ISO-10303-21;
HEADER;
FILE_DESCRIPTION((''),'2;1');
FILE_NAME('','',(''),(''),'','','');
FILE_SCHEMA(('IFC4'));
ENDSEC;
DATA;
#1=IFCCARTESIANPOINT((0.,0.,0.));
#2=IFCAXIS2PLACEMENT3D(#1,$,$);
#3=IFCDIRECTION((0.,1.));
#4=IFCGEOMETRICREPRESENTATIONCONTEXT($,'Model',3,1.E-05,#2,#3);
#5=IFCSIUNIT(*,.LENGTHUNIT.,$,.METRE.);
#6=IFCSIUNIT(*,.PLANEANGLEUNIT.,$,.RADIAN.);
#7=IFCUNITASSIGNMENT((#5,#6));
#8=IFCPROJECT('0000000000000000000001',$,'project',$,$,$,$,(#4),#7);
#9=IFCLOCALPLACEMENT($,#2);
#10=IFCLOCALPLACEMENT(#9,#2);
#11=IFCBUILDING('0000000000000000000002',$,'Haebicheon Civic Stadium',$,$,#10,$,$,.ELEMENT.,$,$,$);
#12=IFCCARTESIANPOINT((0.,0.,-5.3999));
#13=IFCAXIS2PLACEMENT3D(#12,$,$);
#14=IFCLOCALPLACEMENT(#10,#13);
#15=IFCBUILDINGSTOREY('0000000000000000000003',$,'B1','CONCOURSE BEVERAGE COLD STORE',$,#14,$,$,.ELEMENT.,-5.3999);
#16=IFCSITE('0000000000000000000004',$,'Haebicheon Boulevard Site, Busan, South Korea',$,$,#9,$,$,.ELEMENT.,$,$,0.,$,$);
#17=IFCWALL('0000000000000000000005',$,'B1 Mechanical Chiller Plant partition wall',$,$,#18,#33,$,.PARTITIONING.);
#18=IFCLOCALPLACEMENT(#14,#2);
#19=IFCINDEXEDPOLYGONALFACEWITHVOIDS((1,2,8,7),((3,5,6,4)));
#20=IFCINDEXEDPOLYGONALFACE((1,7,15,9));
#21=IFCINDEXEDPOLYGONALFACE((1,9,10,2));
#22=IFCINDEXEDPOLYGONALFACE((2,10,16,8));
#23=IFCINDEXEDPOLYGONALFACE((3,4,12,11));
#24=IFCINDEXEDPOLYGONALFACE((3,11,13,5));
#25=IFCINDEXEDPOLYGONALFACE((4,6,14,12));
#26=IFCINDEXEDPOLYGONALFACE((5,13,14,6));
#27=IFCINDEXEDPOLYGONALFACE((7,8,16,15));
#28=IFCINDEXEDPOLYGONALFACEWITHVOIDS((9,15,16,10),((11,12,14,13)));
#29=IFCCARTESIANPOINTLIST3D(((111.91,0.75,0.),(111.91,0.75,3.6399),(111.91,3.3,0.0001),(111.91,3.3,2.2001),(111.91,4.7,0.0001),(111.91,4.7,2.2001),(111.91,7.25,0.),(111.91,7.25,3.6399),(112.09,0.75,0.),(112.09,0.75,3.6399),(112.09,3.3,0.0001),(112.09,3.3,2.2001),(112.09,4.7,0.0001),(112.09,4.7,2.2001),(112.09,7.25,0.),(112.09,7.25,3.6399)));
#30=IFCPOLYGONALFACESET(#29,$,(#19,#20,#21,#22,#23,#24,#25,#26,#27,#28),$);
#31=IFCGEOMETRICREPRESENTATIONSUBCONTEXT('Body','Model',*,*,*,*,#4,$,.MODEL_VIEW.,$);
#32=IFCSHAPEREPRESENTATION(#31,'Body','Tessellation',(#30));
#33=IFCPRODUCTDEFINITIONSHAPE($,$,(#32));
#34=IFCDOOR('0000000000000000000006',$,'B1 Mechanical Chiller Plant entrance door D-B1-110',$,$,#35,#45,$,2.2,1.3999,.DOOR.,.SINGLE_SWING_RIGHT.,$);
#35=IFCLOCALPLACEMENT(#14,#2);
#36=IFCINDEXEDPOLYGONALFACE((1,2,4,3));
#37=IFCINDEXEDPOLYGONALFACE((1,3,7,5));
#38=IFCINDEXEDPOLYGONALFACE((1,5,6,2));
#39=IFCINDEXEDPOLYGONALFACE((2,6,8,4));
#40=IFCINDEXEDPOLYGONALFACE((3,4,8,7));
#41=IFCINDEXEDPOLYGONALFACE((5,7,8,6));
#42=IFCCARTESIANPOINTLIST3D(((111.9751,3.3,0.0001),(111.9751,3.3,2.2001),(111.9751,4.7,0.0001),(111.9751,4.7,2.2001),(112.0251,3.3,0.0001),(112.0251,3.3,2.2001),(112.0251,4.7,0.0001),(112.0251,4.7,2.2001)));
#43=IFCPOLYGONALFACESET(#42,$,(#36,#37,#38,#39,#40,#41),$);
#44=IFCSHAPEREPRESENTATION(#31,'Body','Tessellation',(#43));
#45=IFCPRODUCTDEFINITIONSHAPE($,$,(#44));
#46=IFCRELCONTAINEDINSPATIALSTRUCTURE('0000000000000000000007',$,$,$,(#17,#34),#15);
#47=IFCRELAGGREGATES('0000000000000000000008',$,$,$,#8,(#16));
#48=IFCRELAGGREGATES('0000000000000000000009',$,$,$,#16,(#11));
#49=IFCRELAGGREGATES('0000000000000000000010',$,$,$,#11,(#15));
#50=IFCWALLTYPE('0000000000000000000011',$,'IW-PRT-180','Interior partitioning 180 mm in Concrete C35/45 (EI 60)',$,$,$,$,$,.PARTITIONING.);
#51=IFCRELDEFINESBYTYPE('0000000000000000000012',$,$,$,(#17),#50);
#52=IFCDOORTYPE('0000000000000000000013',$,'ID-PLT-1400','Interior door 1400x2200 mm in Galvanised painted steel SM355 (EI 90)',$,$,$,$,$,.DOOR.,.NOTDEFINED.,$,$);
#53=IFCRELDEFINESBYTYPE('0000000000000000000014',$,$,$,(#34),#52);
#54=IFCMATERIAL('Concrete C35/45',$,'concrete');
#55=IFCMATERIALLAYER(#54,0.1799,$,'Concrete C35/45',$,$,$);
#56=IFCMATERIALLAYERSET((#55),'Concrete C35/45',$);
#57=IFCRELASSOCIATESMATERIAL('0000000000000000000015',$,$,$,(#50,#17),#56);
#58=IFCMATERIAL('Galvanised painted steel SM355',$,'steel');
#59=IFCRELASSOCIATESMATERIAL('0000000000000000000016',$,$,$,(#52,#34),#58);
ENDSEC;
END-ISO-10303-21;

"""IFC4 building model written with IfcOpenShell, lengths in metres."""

from ifc_helpers import new_model, si_unit, direction, frame, frame_2d, origin, place, context, subcontext, project, spatial, rectangle, extrude, material, layer, layer_set, type_object, element, fill, save


model = new_model("IFC4")

# Units and contexts
model_context = context("Model", 3, precision=1e-05, world=origin(), true_north=direction((0.0, 1.0)))
body_context = subcontext(model_context, "Body", "Model", "MODEL_VIEW")
ifc_project = project(units=[si_unit("LENGTHUNIT", "METRE"), si_unit("PLANEANGLEUNIT", "RADIAN")], contexts=[model_context])

# Site, building, storey
site_placement = place(None, origin())
site = spatial("IfcSite", under=ifc_project, at=site_placement, Name="Haebicheon Boulevard Site, Busan, South Korea", CompositionType="ELEMENT", RefElevation=0.0)
building_placement = place(site_placement, origin())
building = spatial("IfcBuilding", under=site, at=building_placement, Name="Haebicheon Civic Stadium", CompositionType="ELEMENT")
storey_placement = place(building_placement, frame((0.0, 0.0, -5.3999)))
storey = spatial("IfcBuildingStorey", under=building, at=storey_placement, Name="B1", Description="CONCOURSE BEVERAGE COLD STORE", CompositionType="ELEMENT", Elevation=-5.3999)

# Wall, opening, door
ifc_material_1 = material(Name="Concrete C35/45", Category="concrete")
ifc_layer_1 = layer(ifc_material_1, 0.1799, Name="Concrete C35/45")
ifc_layer_set_1 = layer_set([ifc_layer_1], Name="Concrete C35/45")
wall_type_1 = type_object("IfcWallType", Name="IW-PRT-180", Description="Interior partitioning 180 mm in Concrete C35/45 (EI 60)", PredefinedType="PARTITIONING", material=ifc_layer_set_1)
wall_1_placement = place(storey_placement, frame((112.0, 0.75, 0.0), z_axis=(0.0, 0.0, 1.0), x_axis=(0.0, 1.0, 0.0)))
wall_1 = element("IfcWall", 1, at=wall_1_placement, inside=storey, type_object=wall_type_1, material=ifc_layer_set_1, Name="B1 Mechanical Chiller Plant partition wall", PredefinedType="PARTITIONING", context=body_context, shape_type="SweptSolid", body=[
    extrude(rectangle(XDim=6.5, YDim=0.1799, at=frame_2d((3.25, 0.0))), origin(), (0.0, 0.0, 1.0), 3.6399),
])
opening_placement = place(wall_1_placement, frame((2.55, 0.0, 0.0)))
opening = element("IfcOpeningElement", 2, at=opening_placement, cuts=wall_1, PredefinedType="OPENING", context=body_context, shape_type="SweptSolid", body=[
    extrude(rectangle(XDim=1.3999, YDim=2.2, at=frame_2d((0.7, 1.1001))), frame((0.0, 0.0999, 0.0), z_axis=(0.0, -1.0, 0.0), x_axis=(1.0, 0.0, 0.0)), (0.0, 0.0, 1.0), 0.2),
])
ifc_material_2 = material(Name="Galvanised painted steel SM355", Category="steel")
door_type = type_object("IfcDoorType", Name="ID-PLT-1400", Description="Interior door 1400x2200 mm in Galvanised painted steel SM355 (EI 90)", OperationType="NOTDEFINED", PredefinedType="DOOR", material=ifc_material_2)
door_placement = place(opening_placement, origin())
door = element("IfcDoor", 3, at=door_placement, inside=storey, type_object=door_type, material=ifc_material_2, Name="B1 Mechanical Chiller Plant entrance door D-B1-110", OperationType="SINGLE_SWING_RIGHT", OverallHeight=2.2, OverallWidth=1.3999, PredefinedType="DOOR", context=body_context, shape_type="SweptSolid", body=[
    extrude(rectangle(XDim=1.3999, YDim=2.2, at=frame_2d((0.7, 1.1001))), frame((0.0, 0.0249, 0.0), z_axis=(0.0, -1.0, 0.0), x_axis=(1.0, 0.0, 0.0)), (0.0, 0.0, 1.0), 0.05),
])
fill(opening, door)

save(model, "model.ifc")
